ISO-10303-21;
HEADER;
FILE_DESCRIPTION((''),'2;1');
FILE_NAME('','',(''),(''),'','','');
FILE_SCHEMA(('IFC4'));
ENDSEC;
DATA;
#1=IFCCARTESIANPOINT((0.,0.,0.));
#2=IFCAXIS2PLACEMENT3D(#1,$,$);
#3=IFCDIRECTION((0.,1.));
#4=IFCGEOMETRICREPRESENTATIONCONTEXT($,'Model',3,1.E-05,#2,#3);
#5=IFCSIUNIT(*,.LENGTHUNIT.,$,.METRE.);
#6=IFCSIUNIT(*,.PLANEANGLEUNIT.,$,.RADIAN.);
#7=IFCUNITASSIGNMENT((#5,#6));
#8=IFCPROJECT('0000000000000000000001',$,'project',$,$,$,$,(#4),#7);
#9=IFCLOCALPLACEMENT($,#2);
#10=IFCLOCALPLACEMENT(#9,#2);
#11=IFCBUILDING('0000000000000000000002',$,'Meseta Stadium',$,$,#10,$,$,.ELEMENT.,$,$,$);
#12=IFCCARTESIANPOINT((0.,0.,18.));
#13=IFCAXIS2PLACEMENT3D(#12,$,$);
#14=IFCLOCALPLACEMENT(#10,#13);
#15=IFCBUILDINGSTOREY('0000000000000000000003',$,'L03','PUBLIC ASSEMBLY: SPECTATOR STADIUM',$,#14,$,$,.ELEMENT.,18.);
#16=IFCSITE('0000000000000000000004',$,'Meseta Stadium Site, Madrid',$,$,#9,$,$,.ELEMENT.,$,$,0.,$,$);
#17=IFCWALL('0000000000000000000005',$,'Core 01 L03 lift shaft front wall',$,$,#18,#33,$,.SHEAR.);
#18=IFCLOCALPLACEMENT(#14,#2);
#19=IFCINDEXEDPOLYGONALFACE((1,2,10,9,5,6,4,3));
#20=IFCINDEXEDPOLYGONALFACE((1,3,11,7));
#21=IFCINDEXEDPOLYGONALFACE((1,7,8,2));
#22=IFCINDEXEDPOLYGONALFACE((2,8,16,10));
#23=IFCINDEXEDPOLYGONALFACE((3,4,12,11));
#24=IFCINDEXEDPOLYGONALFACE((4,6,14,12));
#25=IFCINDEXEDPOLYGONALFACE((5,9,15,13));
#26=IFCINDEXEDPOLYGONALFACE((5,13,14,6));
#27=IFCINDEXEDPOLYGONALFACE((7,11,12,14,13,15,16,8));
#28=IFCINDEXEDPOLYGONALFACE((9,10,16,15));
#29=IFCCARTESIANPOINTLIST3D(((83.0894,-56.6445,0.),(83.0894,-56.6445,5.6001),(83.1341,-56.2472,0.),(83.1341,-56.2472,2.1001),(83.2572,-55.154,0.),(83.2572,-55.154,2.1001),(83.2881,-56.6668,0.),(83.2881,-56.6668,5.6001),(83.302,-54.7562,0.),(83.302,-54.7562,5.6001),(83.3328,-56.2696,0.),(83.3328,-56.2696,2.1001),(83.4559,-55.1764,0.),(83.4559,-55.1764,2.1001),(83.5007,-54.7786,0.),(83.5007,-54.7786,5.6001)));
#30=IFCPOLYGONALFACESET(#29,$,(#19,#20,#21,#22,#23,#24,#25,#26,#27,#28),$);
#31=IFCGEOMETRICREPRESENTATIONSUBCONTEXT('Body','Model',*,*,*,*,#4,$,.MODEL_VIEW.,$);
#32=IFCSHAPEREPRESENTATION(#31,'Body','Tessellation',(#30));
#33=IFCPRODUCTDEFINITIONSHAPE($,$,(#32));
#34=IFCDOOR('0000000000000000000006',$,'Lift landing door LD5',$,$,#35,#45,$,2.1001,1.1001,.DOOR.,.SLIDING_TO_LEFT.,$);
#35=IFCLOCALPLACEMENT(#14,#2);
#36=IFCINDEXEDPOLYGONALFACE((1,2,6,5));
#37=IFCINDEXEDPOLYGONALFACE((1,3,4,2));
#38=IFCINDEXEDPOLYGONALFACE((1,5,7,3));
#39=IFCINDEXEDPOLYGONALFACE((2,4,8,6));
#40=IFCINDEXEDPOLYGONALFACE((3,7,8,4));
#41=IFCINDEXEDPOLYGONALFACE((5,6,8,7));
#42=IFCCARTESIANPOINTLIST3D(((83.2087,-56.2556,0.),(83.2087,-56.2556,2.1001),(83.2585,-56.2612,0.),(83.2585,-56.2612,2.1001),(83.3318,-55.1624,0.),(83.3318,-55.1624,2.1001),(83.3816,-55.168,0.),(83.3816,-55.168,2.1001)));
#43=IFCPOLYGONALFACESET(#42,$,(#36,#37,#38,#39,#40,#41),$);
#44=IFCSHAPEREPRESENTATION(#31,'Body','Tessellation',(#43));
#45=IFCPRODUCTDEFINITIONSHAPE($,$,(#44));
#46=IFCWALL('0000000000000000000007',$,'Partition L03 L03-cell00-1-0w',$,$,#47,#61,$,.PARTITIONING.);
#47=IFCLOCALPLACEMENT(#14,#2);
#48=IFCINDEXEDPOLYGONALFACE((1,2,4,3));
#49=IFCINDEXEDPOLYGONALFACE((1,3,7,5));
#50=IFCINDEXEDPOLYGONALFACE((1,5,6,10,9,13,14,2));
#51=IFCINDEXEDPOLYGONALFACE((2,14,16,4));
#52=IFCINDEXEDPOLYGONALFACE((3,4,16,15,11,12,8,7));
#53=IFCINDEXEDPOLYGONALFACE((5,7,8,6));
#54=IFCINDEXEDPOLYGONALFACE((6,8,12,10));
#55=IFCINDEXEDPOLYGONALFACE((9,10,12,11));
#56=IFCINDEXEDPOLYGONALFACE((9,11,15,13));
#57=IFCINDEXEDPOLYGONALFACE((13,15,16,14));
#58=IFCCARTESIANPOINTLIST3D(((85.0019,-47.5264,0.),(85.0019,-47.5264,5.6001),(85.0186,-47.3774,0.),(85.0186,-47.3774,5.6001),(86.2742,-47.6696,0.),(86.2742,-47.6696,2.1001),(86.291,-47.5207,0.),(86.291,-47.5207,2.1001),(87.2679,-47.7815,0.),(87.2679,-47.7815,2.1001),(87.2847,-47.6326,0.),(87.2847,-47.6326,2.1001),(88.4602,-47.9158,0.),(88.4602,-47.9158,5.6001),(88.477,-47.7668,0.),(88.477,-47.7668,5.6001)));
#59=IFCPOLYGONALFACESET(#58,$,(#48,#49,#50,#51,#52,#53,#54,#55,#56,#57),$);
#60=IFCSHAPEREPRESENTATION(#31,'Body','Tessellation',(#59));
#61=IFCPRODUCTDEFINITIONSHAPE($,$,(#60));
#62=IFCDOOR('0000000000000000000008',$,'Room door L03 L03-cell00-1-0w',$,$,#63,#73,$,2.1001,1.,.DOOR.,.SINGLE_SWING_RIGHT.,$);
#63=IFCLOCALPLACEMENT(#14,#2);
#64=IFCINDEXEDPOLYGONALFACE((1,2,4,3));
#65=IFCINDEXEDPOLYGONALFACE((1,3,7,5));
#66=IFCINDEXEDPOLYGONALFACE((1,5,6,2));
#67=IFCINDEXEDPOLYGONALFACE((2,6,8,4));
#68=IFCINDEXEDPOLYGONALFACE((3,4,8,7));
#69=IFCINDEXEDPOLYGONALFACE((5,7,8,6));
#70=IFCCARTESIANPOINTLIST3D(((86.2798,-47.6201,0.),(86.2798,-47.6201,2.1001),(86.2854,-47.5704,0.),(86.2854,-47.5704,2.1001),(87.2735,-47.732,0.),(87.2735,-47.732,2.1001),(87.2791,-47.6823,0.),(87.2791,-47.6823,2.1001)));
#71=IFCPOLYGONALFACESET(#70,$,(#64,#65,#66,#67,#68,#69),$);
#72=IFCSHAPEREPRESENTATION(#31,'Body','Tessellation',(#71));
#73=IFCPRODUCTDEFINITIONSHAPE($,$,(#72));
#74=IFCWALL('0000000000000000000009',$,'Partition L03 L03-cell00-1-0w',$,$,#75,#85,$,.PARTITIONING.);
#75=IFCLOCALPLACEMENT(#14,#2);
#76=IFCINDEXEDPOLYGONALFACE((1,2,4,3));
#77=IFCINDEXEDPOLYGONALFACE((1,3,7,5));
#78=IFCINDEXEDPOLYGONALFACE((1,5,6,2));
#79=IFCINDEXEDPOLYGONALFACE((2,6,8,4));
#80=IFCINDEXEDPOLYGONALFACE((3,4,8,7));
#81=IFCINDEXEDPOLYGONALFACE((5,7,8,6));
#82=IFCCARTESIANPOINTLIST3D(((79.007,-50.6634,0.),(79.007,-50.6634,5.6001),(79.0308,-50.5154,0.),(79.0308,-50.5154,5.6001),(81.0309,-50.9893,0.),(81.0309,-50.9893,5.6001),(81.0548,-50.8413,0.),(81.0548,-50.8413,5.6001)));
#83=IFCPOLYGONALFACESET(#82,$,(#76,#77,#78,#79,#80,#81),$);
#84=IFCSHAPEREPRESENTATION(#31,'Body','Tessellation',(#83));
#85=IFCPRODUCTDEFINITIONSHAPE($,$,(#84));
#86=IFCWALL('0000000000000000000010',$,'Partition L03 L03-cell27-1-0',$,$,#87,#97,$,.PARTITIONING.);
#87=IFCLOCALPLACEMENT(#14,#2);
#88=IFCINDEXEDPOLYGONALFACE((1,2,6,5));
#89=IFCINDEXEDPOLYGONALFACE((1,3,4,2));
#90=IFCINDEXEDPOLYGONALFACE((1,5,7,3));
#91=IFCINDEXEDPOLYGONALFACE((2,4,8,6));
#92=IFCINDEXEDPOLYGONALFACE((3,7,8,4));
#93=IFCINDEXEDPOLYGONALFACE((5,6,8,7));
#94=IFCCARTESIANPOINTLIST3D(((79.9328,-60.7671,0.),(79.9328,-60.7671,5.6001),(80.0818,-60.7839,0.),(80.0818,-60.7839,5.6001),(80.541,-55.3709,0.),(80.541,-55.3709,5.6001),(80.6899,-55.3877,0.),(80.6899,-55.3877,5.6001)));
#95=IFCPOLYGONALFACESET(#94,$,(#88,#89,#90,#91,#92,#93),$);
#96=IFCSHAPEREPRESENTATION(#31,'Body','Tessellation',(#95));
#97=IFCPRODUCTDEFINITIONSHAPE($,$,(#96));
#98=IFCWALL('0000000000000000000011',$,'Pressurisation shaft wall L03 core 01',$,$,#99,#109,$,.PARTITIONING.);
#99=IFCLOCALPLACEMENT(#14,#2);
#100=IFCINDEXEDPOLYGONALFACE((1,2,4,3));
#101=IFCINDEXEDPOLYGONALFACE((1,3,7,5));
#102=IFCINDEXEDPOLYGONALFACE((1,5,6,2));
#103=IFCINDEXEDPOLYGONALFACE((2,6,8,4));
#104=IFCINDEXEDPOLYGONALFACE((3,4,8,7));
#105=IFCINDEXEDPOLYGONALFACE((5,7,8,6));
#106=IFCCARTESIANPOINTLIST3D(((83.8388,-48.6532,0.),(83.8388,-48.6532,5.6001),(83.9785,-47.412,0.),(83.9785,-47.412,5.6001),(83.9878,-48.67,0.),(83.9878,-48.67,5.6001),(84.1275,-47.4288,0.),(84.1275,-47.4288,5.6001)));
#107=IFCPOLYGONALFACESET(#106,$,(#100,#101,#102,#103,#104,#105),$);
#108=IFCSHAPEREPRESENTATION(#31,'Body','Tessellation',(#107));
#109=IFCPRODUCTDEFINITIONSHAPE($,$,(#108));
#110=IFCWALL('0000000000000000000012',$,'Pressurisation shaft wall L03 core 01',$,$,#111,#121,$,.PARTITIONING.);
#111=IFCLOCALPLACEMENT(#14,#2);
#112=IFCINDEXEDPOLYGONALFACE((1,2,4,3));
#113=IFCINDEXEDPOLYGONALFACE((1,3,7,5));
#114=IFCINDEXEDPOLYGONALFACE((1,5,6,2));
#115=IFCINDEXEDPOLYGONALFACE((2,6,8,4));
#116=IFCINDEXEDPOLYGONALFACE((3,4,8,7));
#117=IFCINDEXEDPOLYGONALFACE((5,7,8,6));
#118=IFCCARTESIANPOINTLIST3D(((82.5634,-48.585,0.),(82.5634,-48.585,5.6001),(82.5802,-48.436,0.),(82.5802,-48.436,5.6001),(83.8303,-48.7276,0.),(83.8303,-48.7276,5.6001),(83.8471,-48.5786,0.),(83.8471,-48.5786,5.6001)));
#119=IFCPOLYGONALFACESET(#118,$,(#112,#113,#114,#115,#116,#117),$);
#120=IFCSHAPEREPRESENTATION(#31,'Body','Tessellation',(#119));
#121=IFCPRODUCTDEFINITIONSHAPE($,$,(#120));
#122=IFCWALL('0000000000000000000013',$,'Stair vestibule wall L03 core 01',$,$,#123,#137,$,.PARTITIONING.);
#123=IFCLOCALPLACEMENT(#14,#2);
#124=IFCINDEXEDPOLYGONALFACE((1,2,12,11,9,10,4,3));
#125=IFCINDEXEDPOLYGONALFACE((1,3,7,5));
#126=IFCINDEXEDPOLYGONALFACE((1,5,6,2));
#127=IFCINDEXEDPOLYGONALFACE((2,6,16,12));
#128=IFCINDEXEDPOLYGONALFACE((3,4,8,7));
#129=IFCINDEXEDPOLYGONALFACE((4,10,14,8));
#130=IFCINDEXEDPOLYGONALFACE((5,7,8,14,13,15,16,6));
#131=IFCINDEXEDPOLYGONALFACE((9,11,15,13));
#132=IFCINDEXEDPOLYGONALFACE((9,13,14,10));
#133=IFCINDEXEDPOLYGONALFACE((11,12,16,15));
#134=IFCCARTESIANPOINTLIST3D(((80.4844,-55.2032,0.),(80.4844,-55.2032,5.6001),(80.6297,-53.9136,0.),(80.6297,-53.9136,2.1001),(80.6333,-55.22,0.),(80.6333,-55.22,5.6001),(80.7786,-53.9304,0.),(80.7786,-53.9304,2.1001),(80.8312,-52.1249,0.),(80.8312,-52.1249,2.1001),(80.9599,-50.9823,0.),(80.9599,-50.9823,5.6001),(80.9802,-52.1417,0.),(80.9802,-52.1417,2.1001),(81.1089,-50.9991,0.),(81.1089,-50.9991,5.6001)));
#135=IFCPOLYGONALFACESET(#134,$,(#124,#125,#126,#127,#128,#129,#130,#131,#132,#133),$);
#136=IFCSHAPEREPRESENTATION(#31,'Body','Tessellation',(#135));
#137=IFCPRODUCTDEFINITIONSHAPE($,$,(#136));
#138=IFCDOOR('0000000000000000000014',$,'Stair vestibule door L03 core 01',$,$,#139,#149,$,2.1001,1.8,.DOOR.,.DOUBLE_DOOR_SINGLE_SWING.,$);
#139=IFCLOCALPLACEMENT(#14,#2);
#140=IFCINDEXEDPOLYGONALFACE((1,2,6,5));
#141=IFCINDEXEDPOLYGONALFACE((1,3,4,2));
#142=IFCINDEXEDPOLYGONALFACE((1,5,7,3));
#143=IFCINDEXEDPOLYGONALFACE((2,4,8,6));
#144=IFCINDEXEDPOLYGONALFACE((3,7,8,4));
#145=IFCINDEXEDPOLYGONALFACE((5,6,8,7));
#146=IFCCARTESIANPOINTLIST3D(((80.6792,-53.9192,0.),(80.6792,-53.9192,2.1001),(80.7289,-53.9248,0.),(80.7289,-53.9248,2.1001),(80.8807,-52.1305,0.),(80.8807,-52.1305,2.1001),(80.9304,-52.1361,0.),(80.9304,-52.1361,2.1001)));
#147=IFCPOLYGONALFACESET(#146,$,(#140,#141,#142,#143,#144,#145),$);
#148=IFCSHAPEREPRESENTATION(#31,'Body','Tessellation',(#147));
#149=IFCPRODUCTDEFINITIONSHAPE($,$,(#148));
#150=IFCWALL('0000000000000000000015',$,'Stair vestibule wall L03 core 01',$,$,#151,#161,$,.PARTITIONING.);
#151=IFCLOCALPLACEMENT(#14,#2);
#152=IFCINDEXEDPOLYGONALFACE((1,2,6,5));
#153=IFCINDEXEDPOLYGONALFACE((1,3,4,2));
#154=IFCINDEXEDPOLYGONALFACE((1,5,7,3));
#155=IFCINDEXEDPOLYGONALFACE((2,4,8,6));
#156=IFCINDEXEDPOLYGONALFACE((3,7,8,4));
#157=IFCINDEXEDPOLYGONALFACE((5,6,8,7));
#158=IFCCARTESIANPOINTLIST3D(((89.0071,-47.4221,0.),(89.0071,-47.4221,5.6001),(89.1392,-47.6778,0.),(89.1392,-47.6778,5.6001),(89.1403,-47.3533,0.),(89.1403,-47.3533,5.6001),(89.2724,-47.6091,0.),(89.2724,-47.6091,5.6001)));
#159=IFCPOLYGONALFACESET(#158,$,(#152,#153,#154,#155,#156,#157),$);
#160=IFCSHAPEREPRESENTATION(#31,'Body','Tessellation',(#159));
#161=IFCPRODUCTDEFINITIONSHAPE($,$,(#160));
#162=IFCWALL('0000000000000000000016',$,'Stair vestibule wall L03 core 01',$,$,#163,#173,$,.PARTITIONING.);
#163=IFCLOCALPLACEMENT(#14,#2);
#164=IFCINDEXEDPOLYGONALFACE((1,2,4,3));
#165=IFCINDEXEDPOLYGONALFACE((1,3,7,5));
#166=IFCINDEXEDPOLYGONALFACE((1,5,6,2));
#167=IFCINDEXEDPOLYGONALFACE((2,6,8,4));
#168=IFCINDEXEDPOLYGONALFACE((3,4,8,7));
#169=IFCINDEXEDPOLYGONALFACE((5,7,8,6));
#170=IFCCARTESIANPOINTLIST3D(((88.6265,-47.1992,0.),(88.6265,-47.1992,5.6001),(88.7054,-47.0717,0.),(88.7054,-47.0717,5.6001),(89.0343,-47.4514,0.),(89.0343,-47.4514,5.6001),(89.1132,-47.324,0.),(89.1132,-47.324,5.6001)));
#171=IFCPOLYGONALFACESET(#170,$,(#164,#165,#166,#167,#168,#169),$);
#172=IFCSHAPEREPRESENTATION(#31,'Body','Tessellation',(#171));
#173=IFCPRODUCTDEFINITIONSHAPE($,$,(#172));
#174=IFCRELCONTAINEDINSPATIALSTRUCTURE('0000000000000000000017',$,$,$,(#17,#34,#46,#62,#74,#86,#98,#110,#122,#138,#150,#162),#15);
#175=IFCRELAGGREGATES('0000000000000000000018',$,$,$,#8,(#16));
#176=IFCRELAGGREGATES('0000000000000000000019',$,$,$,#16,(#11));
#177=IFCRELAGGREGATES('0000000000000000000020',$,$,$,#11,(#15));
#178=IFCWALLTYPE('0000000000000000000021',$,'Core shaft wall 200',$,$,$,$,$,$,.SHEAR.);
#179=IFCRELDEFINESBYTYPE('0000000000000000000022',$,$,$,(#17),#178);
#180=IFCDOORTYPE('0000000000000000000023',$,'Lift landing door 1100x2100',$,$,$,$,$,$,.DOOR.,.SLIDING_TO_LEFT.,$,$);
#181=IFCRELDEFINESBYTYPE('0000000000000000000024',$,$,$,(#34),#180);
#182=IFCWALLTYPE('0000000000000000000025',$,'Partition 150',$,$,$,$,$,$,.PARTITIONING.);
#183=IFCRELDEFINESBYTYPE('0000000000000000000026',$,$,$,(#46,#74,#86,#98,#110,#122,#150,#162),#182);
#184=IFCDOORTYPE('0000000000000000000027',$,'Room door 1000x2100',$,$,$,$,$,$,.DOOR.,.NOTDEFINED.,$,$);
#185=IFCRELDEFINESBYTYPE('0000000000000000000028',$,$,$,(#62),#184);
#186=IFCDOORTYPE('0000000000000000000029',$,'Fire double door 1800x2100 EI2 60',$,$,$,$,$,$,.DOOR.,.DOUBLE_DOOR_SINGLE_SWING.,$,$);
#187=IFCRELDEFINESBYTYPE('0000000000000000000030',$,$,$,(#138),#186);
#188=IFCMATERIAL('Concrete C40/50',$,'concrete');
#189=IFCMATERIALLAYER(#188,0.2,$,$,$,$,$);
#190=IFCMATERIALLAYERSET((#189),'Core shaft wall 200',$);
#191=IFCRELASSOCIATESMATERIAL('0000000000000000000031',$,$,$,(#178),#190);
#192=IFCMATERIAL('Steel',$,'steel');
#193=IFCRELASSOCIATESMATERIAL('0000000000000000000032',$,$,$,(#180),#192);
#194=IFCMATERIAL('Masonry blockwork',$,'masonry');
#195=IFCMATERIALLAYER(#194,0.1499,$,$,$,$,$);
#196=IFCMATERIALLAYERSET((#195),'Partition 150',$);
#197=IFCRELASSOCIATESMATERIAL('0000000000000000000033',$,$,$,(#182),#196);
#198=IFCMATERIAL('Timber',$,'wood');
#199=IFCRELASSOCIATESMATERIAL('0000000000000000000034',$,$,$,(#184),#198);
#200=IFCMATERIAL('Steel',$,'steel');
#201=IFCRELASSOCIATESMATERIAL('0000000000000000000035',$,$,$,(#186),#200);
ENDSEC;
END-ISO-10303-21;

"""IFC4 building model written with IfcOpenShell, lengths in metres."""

from ifc_helpers import new_model, si_unit, direction, frame, frame_2d, origin, place, context, subcontext, project, spatial, rectangle, extrude, material, layer, layer_set, type_object, element, fill, save


model = new_model("IFC4")

# Units and contexts
model_context = context("Model", 3, precision=1e-05, world=origin(), true_north=direction((0.0, 1.0)))
body_context = subcontext(model_context, "Body", "Model", "MODEL_VIEW")
ifc_project = project(units=[si_unit("LENGTHUNIT", "METRE"), si_unit("PLANEANGLEUNIT", "RADIAN")], contexts=[model_context])

# Site, building, storey
site_placement = place(None, origin())
site = spatial("IfcSite", under=ifc_project, at=site_placement, Name="Meseta Stadium Site, Madrid", CompositionType="ELEMENT", RefElevation=0.0)
building_placement = place(site_placement, origin())
building = spatial("IfcBuilding", under=site, at=building_placement, Name="Meseta Stadium", CompositionType="ELEMENT")
storey_placement = place(building_placement, frame((0.0, 0.0, 18.0)))
storey = spatial("IfcBuildingStorey", under=building, at=storey_placement, Name="L03", Description="PUBLIC ASSEMBLY: SPECTATOR STADIUM", CompositionType="ELEMENT", Elevation=18.0)

# Shared definitions
ifc_material_1 = material(Name="Concrete C40/50", Category="concrete")
ifc_layer_1 = layer(ifc_material_1, 0.2)
ifc_layer_set_1 = layer_set([ifc_layer_1], Name="Core shaft wall 200")
wall_type_1 = type_object("IfcWallType", Name="Core shaft wall 200", PredefinedType="SHEAR", material=ifc_layer_set_1)

# Walls, openings, doors
wall_1_placement = place(storey_placement, frame((83.1887, -56.6558, 0.0), z_axis=(0.0, 0.0, 1.0), x_axis=(0.111912, 0.993718, 0.0)))
wall_1 = element("IfcWall", 1, at=wall_1_placement, inside=storey, type_object=wall_type_1, Name="Core 01 L03 lift shaft front wall", PredefinedType="SHEAR", context=body_context, shape_type="SweptSolid", body=[
    extrude(rectangle(XDim=1.9001, YDim=0.2, at=frame_2d((0.9502, 0.0))), origin(), (0.0, 0.0, 1.0), 5.6001),
])
opening_1_placement = place(wall_1_placement, frame((0.3999, 0.0, 0.0)))
opening_1 = element("IfcOpeningElement", 2, at=opening_1_placement, cuts=wall_1, PredefinedType="OPENING", context=body_context, shape_type="SweptSolid", body=[
    extrude(rectangle(XDim=1.1001, YDim=2.1001, at=frame_2d((0.55, 1.05))), frame((0.0, 0.1099, 0.0), z_axis=(0.0, -1.0, 0.0), x_axis=(1.0, 0.0, 0.0)), (0.0, 0.0, 1.0), 0.22),
])
ifc_material_2 = material(Name="Steel", Category="steel")
door_type_1 = type_object("IfcDoorType", Name="Lift landing door 1100x2100", OperationType="SLIDING_TO_LEFT", PredefinedType="DOOR", material=ifc_material_2)
door_1_placement = place(opening_1_placement, origin())
door_1 = element("IfcDoor", 3, at=door_1_placement, inside=storey, type_object=door_type_1, Name="Lift landing door LD5", OperationType="SLIDING_TO_LEFT", OverallHeight=2.1001, OverallWidth=1.1001, PredefinedType="DOOR", context=body_context, shape_type="SweptSolid", body=[
    extrude(rectangle(XDim=1.1001, YDim=2.1001, at=frame_2d((0.55, 1.05))), frame((0.0, 0.0249, 0.0), z_axis=(0.0, -1.0, 0.0), x_axis=(1.0, 0.0, 0.0)), (0.0, 0.0, 1.0), 0.05),
])
fill(opening_1, door_1)
ifc_material_3 = material(Name="Masonry blockwork", Category="masonry")
ifc_layer_2 = layer(ifc_material_3, 0.1499)
ifc_layer_set_2 = layer_set([ifc_layer_2], Name="Partition 150")
wall_type_2 = type_object("IfcWallType", Name="Partition 150", PredefinedType="PARTITIONING", material=ifc_layer_set_2)
wall_2_placement = place(storey_placement, frame((88.4688, -47.8413, 0.0), z_axis=(0.0, 0.0, 1.0), x_axis=(-0.99372, 0.111894, 0.0)))
wall_2 = element("IfcWall", 4, at=wall_2_placement, inside=storey, type_object=wall_type_2, Name="Partition L03 L03-cell00-1-0w", PredefinedType="PARTITIONING", context=body_context, shape_type="SweptSolid", body=[
    extrude(rectangle(XDim=3.4802, YDim=0.1499, at=frame_2d((1.7402, 0.0))), origin(), (0.0, 0.0, 1.0), 5.6001),
])
opening_2_placement = place(wall_2_placement, frame((1.2, 0.0, 0.0)))
opening_2 = element("IfcOpeningElement", 5, at=opening_2_placement, cuts=wall_2, PredefinedType="OPENING", context=body_context, shape_type="SweptSolid", body=[
    extrude(rectangle(XDim=1.0, YDim=2.1001, at=frame_2d((0.5, 1.05))), frame((0.0, 0.085, 0.0), z_axis=(0.0, -1.0, 0.0), x_axis=(1.0, 0.0, 0.0)), (0.0, 0.0, 1.0), 0.1699),
])
ifc_material_4 = material(Name="Timber", Category="wood")
door_type_2 = type_object("IfcDoorType", Name="Room door 1000x2100", OperationType="NOTDEFINED", PredefinedType="DOOR", material=ifc_material_4)
door_2_placement = place(opening_2_placement, frame((1.0, 0.0, 0.0), z_axis=(0.0, 0.0, 1.0), x_axis=(-1.0, 0.0, 0.0)))
door_2 = element("IfcDoor", 6, at=door_2_placement, inside=storey, type_object=door_type_2, Name="Room door L03 L03-cell00-1-0w", OperationType="SINGLE_SWING_RIGHT", OverallHeight=2.1001, OverallWidth=1.0, PredefinedType="DOOR", context=body_context, shape_type="SweptSolid", body=[
    extrude(rectangle(XDim=1.0, YDim=2.1001, at=frame_2d((0.5, 1.05))), frame((0.0, 0.0249, 0.0), z_axis=(0.0, -1.0, 0.0), x_axis=(1.0, 0.0, 0.0)), (0.0, 0.0, 1.0), 0.05),
])
fill(opening_2, door_2)

# Walls
wall_3_placement = place(storey_placement, frame((81.0427, -50.9153, 0.0), z_axis=(0.0, 0.0, 1.0), x_axis=(-0.98728, 0.158989, 0.0)))
element("IfcWall", 7, at=wall_3_placement, inside=storey, type_object=wall_type_2, Name="Partition L03 L03-cell00-1-0w", PredefinedType="PARTITIONING", context=body_context, shape_type="SweptSolid", body=[
    extrude(rectangle(XDim=2.05, YDim=0.1499, at=frame_2d((1.0249, 0.0))), origin(), (0.0, 0.0, 1.0), 5.6001),
])
wall_4_placement = place(storey_placement, frame((80.6155, -55.3792, 0.0), z_axis=(0.0, 0.0, 1.0), x_axis=(-0.111991, -0.993709, 0.0)))
element("IfcWall", 8, at=wall_4_placement, inside=storey, type_object=wall_type_2, Name="Partition L03 L03-cell27-1-0", PredefinedType="PARTITIONING", context=body_context, shape_type="SweptSolid", body=[
    extrude(rectangle(XDim=5.4304, YDim=0.1499, at=frame_2d((2.7153, 0.0))), origin(), (0.0, 0.0, 1.0), 5.6001),
])
wall_5_placement = place(storey_placement, frame((83.9133, -48.6616, 0.0), z_axis=(0.0, 0.0, 1.0), x_axis=(0.111804, 0.99373, 0.0)))
element("IfcWall", 9, at=wall_5_placement, inside=storey, type_object=wall_type_2, Name="Pressurisation shaft wall L03 core 01", PredefinedType="PARTITIONING", context=body_context, shape_type="SweptSolid", body=[
    extrude(rectangle(XDim=1.249, YDim=0.1499, at=frame_2d((0.6245, 0.0))), origin(), (0.0, 0.0, 1.0), 5.6001),
])
wall_6_placement = place(storey_placement, frame((82.5718, -48.5105, 0.0), z_axis=(0.0, 0.0, 1.0), x_axis=(0.993726, -0.11184, 0.0)))
element("IfcWall", 10, at=wall_6_placement, inside=storey, type_object=wall_type_2, Name="Pressurisation shaft wall L03 core 01", PredefinedType="PARTITIONING", context=body_context, shape_type="SweptSolid", body=[
    extrude(rectangle(XDim=1.2749, YDim=0.1499, at=frame_2d((0.6375, 0.0))), origin(), (0.0, 0.0, 1.0), 5.6001),
])

# Wall, opening, door
wall_7_placement = place(storey_placement, frame((81.0344, -50.9907, 0.0), z_axis=(0.0, 0.0, 1.0), x_axis=(-0.111964, -0.993712, 0.0)))
wall_7 = element("IfcWall", 11, at=wall_7_placement, inside=storey, type_object=wall_type_2, Name="Stair vestibule wall L03 core 01", PredefinedType="PARTITIONING", context=body_context, shape_type="SweptSolid", body=[
    extrude(rectangle(XDim=4.2476, YDim=0.1499, at=frame_2d((2.1238, 0.0))), origin(), (0.0, 0.0, 1.0), 5.6001),
])
opening_3_placement = place(wall_7_placement, frame((1.1499, 0.0, 0.0)))
opening_3 = element("IfcOpeningElement", 12, at=opening_3_placement, cuts=wall_7, PredefinedType="OPENING", context=body_context, shape_type="SweptSolid", body=[
    extrude(rectangle(XDim=1.8, YDim=2.1001, at=frame_2d((0.8999, 1.05))), frame((0.0, 0.085, 0.0), z_axis=(0.0, -1.0, 0.0), x_axis=(1.0, 0.0, 0.0)), (0.0, 0.0, 1.0), 0.1699),
])
ifc_material_5 = material(Name="Steel", Category="steel")
door_type_3 = type_object("IfcDoorType", Name="Fire double door 1800x2100 EI2 60", OperationType="DOUBLE_DOOR_SINGLE_SWING", PredefinedType="DOOR", material=ifc_material_5)
door_3_placement = place(opening_3_placement, origin())
door_3 = element("IfcDoor", 13, at=door_3_placement, inside=storey, type_object=door_type_3, Name="Stair vestibule door L03 core 01", OperationType="DOUBLE_DOOR_SINGLE_SWING", OverallHeight=2.1001, OverallWidth=1.8, PredefinedType="DOOR", context=body_context, shape_type="SweptSolid", body=[
    extrude(rectangle(XDim=1.8, YDim=2.1001, at=frame_2d((0.8999, 1.05))), frame((0.0, 0.0249, 0.0), z_axis=(0.0, -1.0, 0.0), x_axis=(1.0, 0.0, 0.0)), (0.0, 0.0, 1.0), 0.05),
])
fill(opening_3, door_3)

# Walls
wall_8_placement = place(storey_placement, frame((89.2058, -47.6436, 0.0), z_axis=(0.0, 0.0, 1.0), x_axis=(-0.458708, 0.888587, 0.0)))
element("IfcWall", 14, at=wall_8_placement, inside=storey, type_object=wall_type_2, Name="Stair vestibule wall L03 core 01", PredefinedType="PARTITIONING", context=body_context, shape_type="SweptSolid", body=[
    extrude(rectangle(XDim=0.2878, YDim=0.1499, at=frame_2d((0.144, 0.0))), origin(), (0.0, 0.0, 1.0), 5.6001),
])
wall_9_placement = place(storey_placement, frame((89.0737, -47.3877, 0.0), z_axis=(0.0, 0.0, 1.0), x_axis=(-0.85045, 0.526057, 0.0)))
element("IfcWall", 15, at=wall_9_placement, inside=storey, type_object=wall_type_2, Name="Stair vestibule wall L03 core 01", PredefinedType="PARTITIONING", context=body_context, shape_type="SweptSolid", body=[
    extrude(rectangle(XDim=0.4795, YDim=0.1499, at=frame_2d((0.2397, 0.0))), origin(), (0.0, 0.0, 1.0), 5.6001),
])

save(model, "model.ifc")
